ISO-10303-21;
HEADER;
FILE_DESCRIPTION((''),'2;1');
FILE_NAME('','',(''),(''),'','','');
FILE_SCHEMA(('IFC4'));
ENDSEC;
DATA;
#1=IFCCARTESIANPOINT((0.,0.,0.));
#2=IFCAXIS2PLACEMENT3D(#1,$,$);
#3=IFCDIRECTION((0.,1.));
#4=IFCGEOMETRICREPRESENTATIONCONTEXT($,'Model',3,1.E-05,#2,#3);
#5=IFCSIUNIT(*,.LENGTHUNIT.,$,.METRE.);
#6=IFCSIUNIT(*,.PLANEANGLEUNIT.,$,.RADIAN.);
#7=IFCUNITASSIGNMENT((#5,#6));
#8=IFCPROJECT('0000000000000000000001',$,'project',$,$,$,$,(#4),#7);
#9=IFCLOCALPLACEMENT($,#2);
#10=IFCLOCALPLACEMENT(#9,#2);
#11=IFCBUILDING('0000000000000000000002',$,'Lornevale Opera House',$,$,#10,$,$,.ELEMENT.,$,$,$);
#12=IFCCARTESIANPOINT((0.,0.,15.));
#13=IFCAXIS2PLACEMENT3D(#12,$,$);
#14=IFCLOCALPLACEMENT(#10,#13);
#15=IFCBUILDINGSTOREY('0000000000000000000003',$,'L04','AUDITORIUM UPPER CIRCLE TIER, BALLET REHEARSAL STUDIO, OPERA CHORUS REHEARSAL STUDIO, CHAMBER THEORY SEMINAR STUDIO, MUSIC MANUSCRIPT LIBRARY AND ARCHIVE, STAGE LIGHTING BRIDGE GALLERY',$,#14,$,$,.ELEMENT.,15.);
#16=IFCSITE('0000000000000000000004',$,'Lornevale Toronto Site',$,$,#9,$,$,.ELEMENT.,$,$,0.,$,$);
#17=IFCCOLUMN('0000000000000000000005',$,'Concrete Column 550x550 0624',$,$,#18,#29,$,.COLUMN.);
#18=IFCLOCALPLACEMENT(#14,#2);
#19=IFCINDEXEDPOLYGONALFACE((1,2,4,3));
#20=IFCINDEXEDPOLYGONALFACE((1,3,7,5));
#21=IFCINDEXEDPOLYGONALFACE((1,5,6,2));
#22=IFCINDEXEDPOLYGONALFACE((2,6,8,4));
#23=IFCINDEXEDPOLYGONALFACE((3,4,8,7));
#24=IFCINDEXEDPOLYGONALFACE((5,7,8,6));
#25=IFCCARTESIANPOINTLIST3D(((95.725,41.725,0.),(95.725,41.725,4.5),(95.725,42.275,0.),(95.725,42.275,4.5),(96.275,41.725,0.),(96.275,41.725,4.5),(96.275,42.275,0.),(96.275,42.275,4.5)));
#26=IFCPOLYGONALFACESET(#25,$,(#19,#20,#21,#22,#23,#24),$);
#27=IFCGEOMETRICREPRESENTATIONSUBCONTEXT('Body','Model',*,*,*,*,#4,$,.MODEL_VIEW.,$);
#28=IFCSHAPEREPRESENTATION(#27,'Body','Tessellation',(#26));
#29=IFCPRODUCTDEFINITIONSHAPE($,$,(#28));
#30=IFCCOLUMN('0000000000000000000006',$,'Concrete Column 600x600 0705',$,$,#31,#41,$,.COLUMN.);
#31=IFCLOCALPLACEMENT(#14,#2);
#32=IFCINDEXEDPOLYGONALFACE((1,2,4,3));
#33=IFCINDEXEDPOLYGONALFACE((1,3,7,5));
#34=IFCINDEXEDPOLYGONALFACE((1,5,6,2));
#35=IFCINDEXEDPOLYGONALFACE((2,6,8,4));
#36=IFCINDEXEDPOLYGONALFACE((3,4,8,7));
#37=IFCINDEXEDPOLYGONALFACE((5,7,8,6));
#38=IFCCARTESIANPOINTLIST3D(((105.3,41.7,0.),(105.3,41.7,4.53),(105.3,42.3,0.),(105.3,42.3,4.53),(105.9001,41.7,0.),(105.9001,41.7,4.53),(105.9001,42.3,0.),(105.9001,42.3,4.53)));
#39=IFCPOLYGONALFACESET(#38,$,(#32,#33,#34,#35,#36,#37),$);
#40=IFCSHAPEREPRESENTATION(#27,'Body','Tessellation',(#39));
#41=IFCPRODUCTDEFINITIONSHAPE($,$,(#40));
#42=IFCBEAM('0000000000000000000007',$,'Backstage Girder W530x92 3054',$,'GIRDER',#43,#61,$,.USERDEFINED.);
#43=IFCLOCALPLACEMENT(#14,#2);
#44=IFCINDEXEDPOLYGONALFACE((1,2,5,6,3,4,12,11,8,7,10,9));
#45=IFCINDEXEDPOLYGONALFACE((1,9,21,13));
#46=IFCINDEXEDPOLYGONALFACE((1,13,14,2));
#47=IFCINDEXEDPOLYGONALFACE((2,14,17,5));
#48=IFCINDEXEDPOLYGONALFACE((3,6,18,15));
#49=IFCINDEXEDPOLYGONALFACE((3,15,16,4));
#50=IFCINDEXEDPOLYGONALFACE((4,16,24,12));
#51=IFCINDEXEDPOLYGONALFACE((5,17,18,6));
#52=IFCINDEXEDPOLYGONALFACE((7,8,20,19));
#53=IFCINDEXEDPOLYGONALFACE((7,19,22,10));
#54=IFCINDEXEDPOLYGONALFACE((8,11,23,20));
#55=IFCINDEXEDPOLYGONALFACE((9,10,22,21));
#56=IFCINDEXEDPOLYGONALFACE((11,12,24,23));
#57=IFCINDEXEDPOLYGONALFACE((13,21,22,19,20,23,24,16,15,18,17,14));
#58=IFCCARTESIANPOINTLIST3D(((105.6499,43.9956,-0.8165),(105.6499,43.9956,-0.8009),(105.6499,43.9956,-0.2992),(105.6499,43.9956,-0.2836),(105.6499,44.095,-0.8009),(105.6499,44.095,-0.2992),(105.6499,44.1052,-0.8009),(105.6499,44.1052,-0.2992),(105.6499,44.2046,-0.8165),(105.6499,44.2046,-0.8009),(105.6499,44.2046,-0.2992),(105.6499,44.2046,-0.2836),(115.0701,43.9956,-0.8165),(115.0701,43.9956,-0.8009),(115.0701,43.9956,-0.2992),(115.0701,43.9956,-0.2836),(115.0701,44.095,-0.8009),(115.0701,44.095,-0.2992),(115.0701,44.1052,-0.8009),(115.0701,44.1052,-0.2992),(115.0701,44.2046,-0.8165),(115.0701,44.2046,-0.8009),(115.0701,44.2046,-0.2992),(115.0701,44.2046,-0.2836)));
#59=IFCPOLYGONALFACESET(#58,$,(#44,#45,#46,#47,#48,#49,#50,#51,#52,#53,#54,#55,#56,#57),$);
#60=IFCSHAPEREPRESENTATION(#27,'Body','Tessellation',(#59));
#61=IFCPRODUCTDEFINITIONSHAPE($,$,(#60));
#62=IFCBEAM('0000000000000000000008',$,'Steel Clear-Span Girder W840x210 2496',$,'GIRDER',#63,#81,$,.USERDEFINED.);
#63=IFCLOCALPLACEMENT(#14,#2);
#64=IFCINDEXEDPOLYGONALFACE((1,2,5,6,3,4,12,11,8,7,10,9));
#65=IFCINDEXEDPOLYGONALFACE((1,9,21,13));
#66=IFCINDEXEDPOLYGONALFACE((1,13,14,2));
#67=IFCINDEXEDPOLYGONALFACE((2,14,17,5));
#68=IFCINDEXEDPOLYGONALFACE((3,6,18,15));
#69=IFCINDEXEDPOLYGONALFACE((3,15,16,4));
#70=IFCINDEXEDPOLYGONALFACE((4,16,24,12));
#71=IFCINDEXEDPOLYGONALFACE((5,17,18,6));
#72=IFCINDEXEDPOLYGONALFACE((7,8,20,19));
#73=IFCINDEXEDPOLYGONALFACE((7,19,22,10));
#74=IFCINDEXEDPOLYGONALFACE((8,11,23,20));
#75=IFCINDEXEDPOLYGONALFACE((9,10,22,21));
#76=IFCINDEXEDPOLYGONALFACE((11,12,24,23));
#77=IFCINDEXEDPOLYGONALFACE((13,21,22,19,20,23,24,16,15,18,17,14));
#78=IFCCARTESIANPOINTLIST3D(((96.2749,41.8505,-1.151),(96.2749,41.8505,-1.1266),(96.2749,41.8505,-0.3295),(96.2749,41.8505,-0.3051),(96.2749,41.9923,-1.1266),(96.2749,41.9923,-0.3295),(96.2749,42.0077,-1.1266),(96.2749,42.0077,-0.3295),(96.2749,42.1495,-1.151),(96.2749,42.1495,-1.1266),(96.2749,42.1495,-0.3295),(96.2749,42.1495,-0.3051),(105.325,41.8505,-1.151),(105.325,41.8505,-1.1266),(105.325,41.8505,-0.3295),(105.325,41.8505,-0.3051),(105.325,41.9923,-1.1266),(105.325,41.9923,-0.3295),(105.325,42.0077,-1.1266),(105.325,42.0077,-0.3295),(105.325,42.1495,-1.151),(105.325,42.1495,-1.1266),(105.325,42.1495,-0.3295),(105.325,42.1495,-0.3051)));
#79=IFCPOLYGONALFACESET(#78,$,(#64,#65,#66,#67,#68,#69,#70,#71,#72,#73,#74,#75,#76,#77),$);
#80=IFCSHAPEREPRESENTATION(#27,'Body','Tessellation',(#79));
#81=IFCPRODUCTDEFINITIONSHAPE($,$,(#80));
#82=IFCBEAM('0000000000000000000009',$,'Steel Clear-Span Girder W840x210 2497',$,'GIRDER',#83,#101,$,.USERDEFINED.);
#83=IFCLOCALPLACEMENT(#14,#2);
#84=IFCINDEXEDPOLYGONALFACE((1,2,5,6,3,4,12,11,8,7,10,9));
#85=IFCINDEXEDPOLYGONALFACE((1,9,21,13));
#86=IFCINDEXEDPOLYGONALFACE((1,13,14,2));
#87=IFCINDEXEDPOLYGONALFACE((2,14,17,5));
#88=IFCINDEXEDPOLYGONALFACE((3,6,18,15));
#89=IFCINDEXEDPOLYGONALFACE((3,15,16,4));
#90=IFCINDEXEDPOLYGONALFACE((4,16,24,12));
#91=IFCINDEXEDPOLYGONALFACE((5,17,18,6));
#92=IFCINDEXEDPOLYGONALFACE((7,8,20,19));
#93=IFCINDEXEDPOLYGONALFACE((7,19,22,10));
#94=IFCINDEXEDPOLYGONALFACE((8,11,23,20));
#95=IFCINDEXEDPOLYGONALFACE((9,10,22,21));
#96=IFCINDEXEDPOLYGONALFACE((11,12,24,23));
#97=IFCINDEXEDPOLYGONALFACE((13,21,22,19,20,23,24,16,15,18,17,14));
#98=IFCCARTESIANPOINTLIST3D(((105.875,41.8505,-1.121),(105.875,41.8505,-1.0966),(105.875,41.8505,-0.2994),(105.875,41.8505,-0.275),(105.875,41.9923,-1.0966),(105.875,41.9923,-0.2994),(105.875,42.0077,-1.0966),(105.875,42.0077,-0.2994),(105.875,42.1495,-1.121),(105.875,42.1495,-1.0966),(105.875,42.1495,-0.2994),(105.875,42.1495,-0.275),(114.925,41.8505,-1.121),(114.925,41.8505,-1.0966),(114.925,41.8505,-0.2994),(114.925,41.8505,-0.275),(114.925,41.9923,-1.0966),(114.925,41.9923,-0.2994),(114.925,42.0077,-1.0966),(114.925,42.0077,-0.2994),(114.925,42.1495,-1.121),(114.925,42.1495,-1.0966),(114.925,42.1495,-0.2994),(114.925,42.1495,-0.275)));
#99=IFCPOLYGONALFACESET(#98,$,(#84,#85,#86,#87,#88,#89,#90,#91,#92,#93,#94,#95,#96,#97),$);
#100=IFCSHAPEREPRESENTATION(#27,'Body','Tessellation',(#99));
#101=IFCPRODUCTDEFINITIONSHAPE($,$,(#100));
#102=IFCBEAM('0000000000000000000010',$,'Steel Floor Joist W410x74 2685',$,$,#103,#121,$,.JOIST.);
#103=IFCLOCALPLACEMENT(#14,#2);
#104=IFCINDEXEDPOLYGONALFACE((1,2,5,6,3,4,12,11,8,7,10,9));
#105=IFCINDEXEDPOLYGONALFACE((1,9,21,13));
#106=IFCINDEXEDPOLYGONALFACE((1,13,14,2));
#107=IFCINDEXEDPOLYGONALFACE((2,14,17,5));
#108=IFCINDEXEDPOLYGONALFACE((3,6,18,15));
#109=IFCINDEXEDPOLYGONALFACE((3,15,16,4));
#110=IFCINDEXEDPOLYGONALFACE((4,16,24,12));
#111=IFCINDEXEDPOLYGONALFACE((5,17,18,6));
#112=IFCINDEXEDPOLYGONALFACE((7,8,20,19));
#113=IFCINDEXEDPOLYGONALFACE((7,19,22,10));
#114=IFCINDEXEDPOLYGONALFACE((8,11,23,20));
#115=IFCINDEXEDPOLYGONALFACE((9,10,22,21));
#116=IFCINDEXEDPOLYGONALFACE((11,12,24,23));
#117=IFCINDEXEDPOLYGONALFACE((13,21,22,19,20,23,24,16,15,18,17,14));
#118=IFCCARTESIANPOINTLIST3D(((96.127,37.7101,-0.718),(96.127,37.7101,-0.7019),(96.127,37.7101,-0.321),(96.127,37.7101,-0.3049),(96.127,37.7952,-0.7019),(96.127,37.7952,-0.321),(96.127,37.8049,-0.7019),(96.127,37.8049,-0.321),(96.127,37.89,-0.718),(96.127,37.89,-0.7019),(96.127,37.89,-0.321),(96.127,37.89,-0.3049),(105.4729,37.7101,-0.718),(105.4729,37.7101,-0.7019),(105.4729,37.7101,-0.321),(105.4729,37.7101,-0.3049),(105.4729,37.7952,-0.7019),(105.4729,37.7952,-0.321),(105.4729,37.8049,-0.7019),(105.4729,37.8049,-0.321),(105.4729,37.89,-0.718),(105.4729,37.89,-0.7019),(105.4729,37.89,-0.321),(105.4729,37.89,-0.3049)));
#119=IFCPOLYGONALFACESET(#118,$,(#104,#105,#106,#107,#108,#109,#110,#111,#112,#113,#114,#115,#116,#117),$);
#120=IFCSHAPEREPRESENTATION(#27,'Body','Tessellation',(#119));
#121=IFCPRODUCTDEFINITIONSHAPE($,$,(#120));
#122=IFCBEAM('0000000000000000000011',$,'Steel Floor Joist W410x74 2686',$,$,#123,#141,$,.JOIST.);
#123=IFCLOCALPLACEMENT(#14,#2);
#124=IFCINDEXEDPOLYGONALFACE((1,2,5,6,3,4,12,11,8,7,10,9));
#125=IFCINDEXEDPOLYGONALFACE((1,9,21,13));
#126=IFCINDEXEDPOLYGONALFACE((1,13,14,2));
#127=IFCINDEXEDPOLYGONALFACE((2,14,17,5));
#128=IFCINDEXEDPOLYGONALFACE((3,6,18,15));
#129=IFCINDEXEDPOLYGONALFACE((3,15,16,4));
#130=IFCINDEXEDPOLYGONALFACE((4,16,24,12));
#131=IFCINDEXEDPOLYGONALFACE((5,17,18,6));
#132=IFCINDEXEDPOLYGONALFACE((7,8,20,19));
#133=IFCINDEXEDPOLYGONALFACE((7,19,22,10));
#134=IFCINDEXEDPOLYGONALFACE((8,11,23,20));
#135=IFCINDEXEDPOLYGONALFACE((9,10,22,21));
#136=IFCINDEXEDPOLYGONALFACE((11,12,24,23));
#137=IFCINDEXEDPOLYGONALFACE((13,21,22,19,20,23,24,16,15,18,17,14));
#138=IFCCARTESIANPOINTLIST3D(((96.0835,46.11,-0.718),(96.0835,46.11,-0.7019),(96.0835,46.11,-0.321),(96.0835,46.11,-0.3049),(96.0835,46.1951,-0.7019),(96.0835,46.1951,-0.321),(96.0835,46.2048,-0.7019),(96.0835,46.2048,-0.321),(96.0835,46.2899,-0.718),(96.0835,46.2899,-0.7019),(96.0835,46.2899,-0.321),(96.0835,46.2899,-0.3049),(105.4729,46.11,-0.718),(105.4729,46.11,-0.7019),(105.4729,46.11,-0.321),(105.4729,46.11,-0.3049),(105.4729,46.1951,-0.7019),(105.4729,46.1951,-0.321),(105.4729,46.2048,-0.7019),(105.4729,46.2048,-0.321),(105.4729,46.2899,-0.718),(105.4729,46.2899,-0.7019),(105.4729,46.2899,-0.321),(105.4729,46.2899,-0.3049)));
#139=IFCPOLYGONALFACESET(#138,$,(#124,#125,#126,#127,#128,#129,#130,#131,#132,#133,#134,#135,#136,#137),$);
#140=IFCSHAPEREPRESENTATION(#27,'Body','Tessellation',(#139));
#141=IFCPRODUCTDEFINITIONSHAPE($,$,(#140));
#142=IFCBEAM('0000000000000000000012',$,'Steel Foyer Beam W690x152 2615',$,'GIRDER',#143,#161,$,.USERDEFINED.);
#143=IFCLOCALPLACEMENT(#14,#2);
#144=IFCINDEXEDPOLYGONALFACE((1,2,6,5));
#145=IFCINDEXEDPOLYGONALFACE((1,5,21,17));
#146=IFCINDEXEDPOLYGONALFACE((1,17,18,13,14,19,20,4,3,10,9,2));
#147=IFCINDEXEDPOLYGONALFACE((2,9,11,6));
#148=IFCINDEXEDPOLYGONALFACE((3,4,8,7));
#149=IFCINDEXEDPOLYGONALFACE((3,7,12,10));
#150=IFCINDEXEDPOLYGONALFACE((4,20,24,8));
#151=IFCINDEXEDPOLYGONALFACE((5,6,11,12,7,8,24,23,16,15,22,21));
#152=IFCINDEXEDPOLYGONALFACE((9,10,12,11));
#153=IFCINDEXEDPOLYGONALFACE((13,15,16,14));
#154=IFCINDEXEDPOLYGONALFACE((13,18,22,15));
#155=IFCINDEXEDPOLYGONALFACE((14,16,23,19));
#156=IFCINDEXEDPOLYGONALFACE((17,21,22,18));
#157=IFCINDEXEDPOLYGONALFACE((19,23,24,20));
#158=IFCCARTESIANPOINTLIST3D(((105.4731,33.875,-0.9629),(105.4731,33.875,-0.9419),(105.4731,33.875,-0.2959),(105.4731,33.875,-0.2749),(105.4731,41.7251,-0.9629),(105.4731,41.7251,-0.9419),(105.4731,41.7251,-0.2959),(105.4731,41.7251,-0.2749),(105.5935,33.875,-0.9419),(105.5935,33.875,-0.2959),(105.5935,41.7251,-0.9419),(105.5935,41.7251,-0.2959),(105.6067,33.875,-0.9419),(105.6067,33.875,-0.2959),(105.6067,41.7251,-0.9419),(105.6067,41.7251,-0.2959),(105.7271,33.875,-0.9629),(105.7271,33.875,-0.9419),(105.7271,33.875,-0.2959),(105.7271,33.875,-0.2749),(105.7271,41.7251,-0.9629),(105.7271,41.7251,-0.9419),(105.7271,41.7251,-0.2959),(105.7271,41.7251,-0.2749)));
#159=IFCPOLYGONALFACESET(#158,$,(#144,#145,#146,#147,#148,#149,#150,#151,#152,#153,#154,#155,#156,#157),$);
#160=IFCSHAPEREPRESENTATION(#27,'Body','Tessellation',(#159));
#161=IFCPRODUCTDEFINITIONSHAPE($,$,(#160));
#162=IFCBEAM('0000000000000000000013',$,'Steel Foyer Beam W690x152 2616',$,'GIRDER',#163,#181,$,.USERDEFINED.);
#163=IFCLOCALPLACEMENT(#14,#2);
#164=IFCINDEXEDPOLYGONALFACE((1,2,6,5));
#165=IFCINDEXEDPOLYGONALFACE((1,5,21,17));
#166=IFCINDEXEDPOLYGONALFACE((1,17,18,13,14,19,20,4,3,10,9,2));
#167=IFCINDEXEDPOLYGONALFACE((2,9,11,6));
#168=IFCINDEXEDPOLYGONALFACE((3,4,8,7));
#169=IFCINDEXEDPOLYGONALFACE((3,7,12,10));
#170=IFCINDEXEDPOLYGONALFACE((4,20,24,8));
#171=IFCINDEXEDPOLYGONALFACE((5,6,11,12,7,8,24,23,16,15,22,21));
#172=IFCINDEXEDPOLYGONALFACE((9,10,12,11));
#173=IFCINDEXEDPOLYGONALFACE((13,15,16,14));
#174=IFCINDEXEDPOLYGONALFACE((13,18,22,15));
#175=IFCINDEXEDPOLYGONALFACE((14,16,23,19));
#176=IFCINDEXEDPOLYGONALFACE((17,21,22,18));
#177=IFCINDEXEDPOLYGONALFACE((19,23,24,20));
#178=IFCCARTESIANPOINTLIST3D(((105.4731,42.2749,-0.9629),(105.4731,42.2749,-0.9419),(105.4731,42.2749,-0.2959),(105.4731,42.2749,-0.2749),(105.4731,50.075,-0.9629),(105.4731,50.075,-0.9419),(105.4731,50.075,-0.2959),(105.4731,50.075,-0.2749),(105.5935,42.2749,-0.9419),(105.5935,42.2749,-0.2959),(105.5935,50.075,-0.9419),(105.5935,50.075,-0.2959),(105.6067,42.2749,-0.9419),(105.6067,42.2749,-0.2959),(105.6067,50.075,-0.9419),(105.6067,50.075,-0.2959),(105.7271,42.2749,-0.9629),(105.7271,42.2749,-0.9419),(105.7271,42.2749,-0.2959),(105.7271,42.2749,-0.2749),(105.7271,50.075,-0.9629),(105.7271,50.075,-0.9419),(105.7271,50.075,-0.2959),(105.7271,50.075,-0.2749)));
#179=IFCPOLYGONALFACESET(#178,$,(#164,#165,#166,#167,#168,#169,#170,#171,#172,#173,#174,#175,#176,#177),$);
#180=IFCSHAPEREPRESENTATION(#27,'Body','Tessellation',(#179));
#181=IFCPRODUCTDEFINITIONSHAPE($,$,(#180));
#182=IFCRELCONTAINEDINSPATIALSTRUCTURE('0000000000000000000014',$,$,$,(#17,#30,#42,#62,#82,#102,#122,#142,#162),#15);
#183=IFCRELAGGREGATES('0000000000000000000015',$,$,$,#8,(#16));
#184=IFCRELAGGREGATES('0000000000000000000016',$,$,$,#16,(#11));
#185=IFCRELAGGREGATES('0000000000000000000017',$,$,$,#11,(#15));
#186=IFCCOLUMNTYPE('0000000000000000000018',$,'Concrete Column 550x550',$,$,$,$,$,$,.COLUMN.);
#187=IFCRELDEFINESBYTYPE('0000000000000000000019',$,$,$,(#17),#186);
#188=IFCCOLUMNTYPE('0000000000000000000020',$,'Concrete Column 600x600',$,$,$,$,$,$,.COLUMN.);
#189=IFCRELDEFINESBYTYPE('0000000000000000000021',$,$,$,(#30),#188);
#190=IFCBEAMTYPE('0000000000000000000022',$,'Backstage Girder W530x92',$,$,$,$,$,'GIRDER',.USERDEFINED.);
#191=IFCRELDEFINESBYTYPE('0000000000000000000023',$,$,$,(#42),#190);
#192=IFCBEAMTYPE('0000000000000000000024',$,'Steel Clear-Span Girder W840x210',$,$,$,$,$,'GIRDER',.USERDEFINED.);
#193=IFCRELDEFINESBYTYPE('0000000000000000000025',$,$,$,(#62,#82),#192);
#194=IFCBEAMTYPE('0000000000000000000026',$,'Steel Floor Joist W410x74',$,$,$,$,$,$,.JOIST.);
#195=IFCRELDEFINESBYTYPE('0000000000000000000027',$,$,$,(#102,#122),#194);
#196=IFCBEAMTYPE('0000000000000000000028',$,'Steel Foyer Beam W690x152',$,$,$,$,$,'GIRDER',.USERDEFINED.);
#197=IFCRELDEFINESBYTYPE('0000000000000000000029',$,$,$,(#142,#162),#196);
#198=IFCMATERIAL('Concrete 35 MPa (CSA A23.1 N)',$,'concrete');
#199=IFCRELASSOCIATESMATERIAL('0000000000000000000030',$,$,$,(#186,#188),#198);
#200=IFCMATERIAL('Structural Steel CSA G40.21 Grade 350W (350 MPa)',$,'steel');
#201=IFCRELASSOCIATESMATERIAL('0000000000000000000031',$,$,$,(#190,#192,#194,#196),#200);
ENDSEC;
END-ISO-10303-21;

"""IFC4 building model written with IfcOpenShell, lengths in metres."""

from ifc_helpers import new_model, si_unit, direction, frame, origin, origin_2d, place, context, subcontext, project, spatial, rectangle, i_section, extrude, material, material_profile, profile_set, type_object, element, save


model = new_model("IFC4")

# Units and contexts
model_context = context("Model", 3, precision=1e-05, world=origin(), true_north=direction((0.0, 1.0)))
body_context = subcontext(model_context, "Body", "Model", "MODEL_VIEW")
ifc_project = project(units=[si_unit("LENGTHUNIT", "METRE"), si_unit("PLANEANGLEUNIT", "RADIAN")], contexts=[model_context])

# Site, building, storey
site_placement = place(None, origin())
site = spatial("IfcSite", under=ifc_project, at=site_placement, Name="Lornevale Toronto Site", CompositionType="ELEMENT", RefElevation=0.0)
building_placement = place(site_placement, origin())
building = spatial("IfcBuilding", under=site, at=building_placement, Name="Lornevale Opera House", CompositionType="ELEMENT")
storey_placement = place(building_placement, frame((0.0, 0.0, 15.0)))
storey = spatial("IfcBuildingStorey", under=building, at=storey_placement, Name="L04", Description="AUDITORIUM UPPER CIRCLE TIER, BALLET REHEARSAL STUDIO, OPERA CHORUS REHEARSAL STUDIO, CHAMBER THEORY SEMINAR STUDIO, MUSIC MANUSCRIPT LIBRARY AND ARCHIVE, STAGE LIGHTING BRIDGE GALLERY", CompositionType="ELEMENT", Elevation=15.0)

# Columns
ifc_material_1 = material(Name="Concrete 35 MPa (CSA A23.1 N)", Category="concrete")
ifc_material_profile_1 = material_profile(ifc_material_1, rectangle(XDim=0.55, YDim=0.55, at=origin_2d()), Name="RC550x550")
ifc_profile_set_1 = profile_set([ifc_material_profile_1], Name="Concrete 35 MPa (CSA A23.1 N)")
column_type_1 = type_object("IfcColumnType", Name="Concrete Column 550x550", PredefinedType="COLUMN", material=ifc_profile_set_1)
column_1_placement = place(storey_placement, frame((96.0, 42.0, 0.0), z_axis=(0.0, 0.0, 1.0), x_axis=(1.0, 0.0, 0.0)))
element("IfcColumn", 1, at=column_1_placement, inside=storey, type_object=column_type_1, Name="Concrete Column 550x550 0624", PredefinedType="COLUMN", context=body_context, shape_type="SweptSolid", body=[
    extrude(rectangle(XDim=0.55, YDim=0.55, at=origin_2d()), origin(), (0.0, 0.0, 1.0), 4.5),
])
ifc_material_profile_2 = material_profile(ifc_material_1, rectangle(XDim=0.6001, YDim=0.6001, at=origin_2d()), Name="RC600x600")
ifc_profile_set_2 = profile_set([ifc_material_profile_2], Name="Concrete 35 MPa (CSA A23.1 N)")
column_type_2 = type_object("IfcColumnType", Name="Concrete Column 600x600", PredefinedType="COLUMN", material=ifc_profile_set_2)
column_2_placement = place(storey_placement, frame((105.6001, 42.0, 0.0), z_axis=(0.0, 0.0, 1.0), x_axis=(1.0, 0.0, 0.0)))
element("IfcColumn", 2, at=column_2_placement, inside=storey, type_object=column_type_2, Name="Concrete Column 600x600 0705", PredefinedType="COLUMN", context=body_context, shape_type="SweptSolid", body=[
    extrude(rectangle(XDim=0.6001, YDim=0.6001, at=origin_2d()), origin(), (0.0, 0.0, 1.0), 4.53),
])

# Beams
ifc_material_2 = material(Name="Structural Steel CSA G40.21 Grade 350W (350 MPa)", Category="steel")
ifc_material_profile_3 = material_profile(ifc_material_2, i_section(OverallWidth=0.209, OverallDepth=0.533, WebThickness=0.0103, FlangeThickness=0.0156, at=origin_2d()), Name="W530x92")
ifc_profile_set_3 = profile_set([ifc_material_profile_3], Name="Structural Steel CSA G40.21 Grade 350W (350 MPa)")
beam_type_1 = type_object("IfcBeamType", Name="Backstage Girder W530x92", ElementType="GIRDER", PredefinedType="USERDEFINED", material=ifc_profile_set_3)
beam_1_placement = place(storey_placement, frame((105.6499, 44.1001, -0.55), z_axis=(1.0, 0.0, 0.0), x_axis=(0.0, 1.0, 0.0)))
element("IfcBeam", 3, at=beam_1_placement, inside=storey, type_object=beam_type_1, Name="Backstage Girder W530x92 3054", ObjectType="GIRDER", PredefinedType="USERDEFINED", context=body_context, shape_type="SweptSolid", body=[
    extrude(i_section(OverallWidth=0.209, OverallDepth=0.533, WebThickness=0.0103, FlangeThickness=0.0156, at=origin_2d()), origin(), (0.0, 0.0, 1.0), 9.4202),
])
ifc_material_profile_4 = material_profile(ifc_material_2, i_section(OverallWidth=0.2991, OverallDepth=0.8459, WebThickness=0.0154, FlangeThickness=0.0244, at=origin_2d()), Name="W840x210")
ifc_profile_set_4 = profile_set([ifc_material_profile_4], Name="Structural Steel CSA G40.21 Grade 350W (350 MPa)")
beam_type_2 = type_object("IfcBeamType", Name="Steel Clear-Span Girder W840x210", ElementType="GIRDER", PredefinedType="USERDEFINED", material=ifc_profile_set_4)
for number, where, z_axis, x_axis, name in (
    (4, (96.2749, 42.0, -0.728), (1.0, 0.0, 0.0), (0.0, 1.0, 0.0), "Steel Clear-Span Girder W840x210 2496"),
    (5, (105.875, 42.0, -0.698), (1.0, 0.0, 0.0), (0.0, 1.0, 0.0), "Steel Clear-Span Girder W840x210 2497"),
):
    element("IfcBeam", number, at=place(storey_placement, frame(where, z_axis=z_axis, x_axis=x_axis)), inside=storey, type_object=beam_type_2, Name=name, ObjectType="GIRDER", PredefinedType="USERDEFINED", context=body_context, shape_type="SweptSolid", body=[
        extrude(i_section(OverallWidth=0.2991, OverallDepth=0.8459, WebThickness=0.0154, FlangeThickness=0.0244, at=origin_2d()), origin(), (0.0, 0.0, 1.0), 9.05),
    ])
ifc_material_profile_5 = material_profile(ifc_material_2, i_section(OverallWidth=0.1799, OverallDepth=0.4131, WebThickness=0.0098, FlangeThickness=0.0161, at=origin_2d()), Name="W410x74")
ifc_profile_set_5 = profile_set([ifc_material_profile_5], Name="Structural Steel CSA G40.21 Grade 350W (350 MPa)")
beam_type_3 = type_object("IfcBeamType", Name="Steel Floor Joist W410x74", PredefinedType="JOIST", material=ifc_profile_set_5)
beam_2_placement = place(storey_placement, frame((96.127, 37.8, -0.5115), z_axis=(1.0, 0.0, 0.0), x_axis=(0.0, 1.0, 0.0)))
element("IfcBeam", 6, at=beam_2_placement, inside=storey, type_object=beam_type_3, Name="Steel Floor Joist W410x74 2685", PredefinedType="JOIST", context=body_context, shape_type="SweptSolid", body=[
    extrude(i_section(OverallWidth=0.1799, OverallDepth=0.4131, WebThickness=0.0098, FlangeThickness=0.0161, at=origin_2d()), origin(), (0.0, 0.0, 1.0), 9.3459),
])
beam_3_placement = place(storey_placement, frame((96.0835, 46.2, -0.5115), z_axis=(1.0, 0.0, 0.0), x_axis=(0.0, 1.0, 0.0)))
element("IfcBeam", 7, at=beam_3_placement, inside=storey, type_object=beam_type_3, Name="Steel Floor Joist W410x74 2686", PredefinedType="JOIST", context=body_context, shape_type="SweptSolid", body=[
    extrude(i_section(OverallWidth=0.1799, OverallDepth=0.4131, WebThickness=0.0098, FlangeThickness=0.0161, at=origin_2d()), origin(), (0.0, 0.0, 1.0), 9.3894),
])
ifc_material_profile_6 = material_profile(ifc_material_2, i_section(OverallWidth=0.2539, OverallDepth=0.688, WebThickness=0.0132, FlangeThickness=0.021, at=origin_2d()), Name="W690x152")
ifc_profile_set_6 = profile_set([ifc_material_profile_6], Name="Structural Steel CSA G40.21 Grade 350W (350 MPa)")
beam_type_4 = type_object("IfcBeamType", Name="Steel Foyer Beam W690x152", ElementType="GIRDER", PredefinedType="USERDEFINED", material=ifc_profile_set_6)
beam_4_placement = place(storey_placement, frame((105.6001, 33.875, -0.6189), z_axis=(0.0, 1.0, 0.0), x_axis=(-1.0, 0.0, 0.0)))
element("IfcBeam", 8, at=beam_4_placement, inside=storey, type_object=beam_type_4, Name="Steel Foyer Beam W690x152 2615", ObjectType="GIRDER", PredefinedType="USERDEFINED", context=body_context, shape_type="SweptSolid", body=[
    extrude(i_section(OverallWidth=0.2539, OverallDepth=0.688, WebThickness=0.0132, FlangeThickness=0.021, at=origin_2d()), origin(), (0.0, 0.0, 1.0), 7.8501),
])
beam_5_placement = place(storey_placement, frame((105.6001, 42.2749, -0.6189), z_axis=(0.0, 1.0, 0.0), x_axis=(-1.0, 0.0, 0.0)))
element("IfcBeam", 9, at=beam_5_placement, inside=storey, type_object=beam_type_4, Name="Steel Foyer Beam W690x152 2616", ObjectType="GIRDER", PredefinedType="USERDEFINED", context=body_context, shape_type="SweptSolid", body=[
    extrude(i_section(OverallWidth=0.2539, OverallDepth=0.688, WebThickness=0.0132, FlangeThickness=0.021, at=origin_2d()), origin(), (0.0, 0.0, 1.0), 7.8),
])

save(model, "model.ifc")
